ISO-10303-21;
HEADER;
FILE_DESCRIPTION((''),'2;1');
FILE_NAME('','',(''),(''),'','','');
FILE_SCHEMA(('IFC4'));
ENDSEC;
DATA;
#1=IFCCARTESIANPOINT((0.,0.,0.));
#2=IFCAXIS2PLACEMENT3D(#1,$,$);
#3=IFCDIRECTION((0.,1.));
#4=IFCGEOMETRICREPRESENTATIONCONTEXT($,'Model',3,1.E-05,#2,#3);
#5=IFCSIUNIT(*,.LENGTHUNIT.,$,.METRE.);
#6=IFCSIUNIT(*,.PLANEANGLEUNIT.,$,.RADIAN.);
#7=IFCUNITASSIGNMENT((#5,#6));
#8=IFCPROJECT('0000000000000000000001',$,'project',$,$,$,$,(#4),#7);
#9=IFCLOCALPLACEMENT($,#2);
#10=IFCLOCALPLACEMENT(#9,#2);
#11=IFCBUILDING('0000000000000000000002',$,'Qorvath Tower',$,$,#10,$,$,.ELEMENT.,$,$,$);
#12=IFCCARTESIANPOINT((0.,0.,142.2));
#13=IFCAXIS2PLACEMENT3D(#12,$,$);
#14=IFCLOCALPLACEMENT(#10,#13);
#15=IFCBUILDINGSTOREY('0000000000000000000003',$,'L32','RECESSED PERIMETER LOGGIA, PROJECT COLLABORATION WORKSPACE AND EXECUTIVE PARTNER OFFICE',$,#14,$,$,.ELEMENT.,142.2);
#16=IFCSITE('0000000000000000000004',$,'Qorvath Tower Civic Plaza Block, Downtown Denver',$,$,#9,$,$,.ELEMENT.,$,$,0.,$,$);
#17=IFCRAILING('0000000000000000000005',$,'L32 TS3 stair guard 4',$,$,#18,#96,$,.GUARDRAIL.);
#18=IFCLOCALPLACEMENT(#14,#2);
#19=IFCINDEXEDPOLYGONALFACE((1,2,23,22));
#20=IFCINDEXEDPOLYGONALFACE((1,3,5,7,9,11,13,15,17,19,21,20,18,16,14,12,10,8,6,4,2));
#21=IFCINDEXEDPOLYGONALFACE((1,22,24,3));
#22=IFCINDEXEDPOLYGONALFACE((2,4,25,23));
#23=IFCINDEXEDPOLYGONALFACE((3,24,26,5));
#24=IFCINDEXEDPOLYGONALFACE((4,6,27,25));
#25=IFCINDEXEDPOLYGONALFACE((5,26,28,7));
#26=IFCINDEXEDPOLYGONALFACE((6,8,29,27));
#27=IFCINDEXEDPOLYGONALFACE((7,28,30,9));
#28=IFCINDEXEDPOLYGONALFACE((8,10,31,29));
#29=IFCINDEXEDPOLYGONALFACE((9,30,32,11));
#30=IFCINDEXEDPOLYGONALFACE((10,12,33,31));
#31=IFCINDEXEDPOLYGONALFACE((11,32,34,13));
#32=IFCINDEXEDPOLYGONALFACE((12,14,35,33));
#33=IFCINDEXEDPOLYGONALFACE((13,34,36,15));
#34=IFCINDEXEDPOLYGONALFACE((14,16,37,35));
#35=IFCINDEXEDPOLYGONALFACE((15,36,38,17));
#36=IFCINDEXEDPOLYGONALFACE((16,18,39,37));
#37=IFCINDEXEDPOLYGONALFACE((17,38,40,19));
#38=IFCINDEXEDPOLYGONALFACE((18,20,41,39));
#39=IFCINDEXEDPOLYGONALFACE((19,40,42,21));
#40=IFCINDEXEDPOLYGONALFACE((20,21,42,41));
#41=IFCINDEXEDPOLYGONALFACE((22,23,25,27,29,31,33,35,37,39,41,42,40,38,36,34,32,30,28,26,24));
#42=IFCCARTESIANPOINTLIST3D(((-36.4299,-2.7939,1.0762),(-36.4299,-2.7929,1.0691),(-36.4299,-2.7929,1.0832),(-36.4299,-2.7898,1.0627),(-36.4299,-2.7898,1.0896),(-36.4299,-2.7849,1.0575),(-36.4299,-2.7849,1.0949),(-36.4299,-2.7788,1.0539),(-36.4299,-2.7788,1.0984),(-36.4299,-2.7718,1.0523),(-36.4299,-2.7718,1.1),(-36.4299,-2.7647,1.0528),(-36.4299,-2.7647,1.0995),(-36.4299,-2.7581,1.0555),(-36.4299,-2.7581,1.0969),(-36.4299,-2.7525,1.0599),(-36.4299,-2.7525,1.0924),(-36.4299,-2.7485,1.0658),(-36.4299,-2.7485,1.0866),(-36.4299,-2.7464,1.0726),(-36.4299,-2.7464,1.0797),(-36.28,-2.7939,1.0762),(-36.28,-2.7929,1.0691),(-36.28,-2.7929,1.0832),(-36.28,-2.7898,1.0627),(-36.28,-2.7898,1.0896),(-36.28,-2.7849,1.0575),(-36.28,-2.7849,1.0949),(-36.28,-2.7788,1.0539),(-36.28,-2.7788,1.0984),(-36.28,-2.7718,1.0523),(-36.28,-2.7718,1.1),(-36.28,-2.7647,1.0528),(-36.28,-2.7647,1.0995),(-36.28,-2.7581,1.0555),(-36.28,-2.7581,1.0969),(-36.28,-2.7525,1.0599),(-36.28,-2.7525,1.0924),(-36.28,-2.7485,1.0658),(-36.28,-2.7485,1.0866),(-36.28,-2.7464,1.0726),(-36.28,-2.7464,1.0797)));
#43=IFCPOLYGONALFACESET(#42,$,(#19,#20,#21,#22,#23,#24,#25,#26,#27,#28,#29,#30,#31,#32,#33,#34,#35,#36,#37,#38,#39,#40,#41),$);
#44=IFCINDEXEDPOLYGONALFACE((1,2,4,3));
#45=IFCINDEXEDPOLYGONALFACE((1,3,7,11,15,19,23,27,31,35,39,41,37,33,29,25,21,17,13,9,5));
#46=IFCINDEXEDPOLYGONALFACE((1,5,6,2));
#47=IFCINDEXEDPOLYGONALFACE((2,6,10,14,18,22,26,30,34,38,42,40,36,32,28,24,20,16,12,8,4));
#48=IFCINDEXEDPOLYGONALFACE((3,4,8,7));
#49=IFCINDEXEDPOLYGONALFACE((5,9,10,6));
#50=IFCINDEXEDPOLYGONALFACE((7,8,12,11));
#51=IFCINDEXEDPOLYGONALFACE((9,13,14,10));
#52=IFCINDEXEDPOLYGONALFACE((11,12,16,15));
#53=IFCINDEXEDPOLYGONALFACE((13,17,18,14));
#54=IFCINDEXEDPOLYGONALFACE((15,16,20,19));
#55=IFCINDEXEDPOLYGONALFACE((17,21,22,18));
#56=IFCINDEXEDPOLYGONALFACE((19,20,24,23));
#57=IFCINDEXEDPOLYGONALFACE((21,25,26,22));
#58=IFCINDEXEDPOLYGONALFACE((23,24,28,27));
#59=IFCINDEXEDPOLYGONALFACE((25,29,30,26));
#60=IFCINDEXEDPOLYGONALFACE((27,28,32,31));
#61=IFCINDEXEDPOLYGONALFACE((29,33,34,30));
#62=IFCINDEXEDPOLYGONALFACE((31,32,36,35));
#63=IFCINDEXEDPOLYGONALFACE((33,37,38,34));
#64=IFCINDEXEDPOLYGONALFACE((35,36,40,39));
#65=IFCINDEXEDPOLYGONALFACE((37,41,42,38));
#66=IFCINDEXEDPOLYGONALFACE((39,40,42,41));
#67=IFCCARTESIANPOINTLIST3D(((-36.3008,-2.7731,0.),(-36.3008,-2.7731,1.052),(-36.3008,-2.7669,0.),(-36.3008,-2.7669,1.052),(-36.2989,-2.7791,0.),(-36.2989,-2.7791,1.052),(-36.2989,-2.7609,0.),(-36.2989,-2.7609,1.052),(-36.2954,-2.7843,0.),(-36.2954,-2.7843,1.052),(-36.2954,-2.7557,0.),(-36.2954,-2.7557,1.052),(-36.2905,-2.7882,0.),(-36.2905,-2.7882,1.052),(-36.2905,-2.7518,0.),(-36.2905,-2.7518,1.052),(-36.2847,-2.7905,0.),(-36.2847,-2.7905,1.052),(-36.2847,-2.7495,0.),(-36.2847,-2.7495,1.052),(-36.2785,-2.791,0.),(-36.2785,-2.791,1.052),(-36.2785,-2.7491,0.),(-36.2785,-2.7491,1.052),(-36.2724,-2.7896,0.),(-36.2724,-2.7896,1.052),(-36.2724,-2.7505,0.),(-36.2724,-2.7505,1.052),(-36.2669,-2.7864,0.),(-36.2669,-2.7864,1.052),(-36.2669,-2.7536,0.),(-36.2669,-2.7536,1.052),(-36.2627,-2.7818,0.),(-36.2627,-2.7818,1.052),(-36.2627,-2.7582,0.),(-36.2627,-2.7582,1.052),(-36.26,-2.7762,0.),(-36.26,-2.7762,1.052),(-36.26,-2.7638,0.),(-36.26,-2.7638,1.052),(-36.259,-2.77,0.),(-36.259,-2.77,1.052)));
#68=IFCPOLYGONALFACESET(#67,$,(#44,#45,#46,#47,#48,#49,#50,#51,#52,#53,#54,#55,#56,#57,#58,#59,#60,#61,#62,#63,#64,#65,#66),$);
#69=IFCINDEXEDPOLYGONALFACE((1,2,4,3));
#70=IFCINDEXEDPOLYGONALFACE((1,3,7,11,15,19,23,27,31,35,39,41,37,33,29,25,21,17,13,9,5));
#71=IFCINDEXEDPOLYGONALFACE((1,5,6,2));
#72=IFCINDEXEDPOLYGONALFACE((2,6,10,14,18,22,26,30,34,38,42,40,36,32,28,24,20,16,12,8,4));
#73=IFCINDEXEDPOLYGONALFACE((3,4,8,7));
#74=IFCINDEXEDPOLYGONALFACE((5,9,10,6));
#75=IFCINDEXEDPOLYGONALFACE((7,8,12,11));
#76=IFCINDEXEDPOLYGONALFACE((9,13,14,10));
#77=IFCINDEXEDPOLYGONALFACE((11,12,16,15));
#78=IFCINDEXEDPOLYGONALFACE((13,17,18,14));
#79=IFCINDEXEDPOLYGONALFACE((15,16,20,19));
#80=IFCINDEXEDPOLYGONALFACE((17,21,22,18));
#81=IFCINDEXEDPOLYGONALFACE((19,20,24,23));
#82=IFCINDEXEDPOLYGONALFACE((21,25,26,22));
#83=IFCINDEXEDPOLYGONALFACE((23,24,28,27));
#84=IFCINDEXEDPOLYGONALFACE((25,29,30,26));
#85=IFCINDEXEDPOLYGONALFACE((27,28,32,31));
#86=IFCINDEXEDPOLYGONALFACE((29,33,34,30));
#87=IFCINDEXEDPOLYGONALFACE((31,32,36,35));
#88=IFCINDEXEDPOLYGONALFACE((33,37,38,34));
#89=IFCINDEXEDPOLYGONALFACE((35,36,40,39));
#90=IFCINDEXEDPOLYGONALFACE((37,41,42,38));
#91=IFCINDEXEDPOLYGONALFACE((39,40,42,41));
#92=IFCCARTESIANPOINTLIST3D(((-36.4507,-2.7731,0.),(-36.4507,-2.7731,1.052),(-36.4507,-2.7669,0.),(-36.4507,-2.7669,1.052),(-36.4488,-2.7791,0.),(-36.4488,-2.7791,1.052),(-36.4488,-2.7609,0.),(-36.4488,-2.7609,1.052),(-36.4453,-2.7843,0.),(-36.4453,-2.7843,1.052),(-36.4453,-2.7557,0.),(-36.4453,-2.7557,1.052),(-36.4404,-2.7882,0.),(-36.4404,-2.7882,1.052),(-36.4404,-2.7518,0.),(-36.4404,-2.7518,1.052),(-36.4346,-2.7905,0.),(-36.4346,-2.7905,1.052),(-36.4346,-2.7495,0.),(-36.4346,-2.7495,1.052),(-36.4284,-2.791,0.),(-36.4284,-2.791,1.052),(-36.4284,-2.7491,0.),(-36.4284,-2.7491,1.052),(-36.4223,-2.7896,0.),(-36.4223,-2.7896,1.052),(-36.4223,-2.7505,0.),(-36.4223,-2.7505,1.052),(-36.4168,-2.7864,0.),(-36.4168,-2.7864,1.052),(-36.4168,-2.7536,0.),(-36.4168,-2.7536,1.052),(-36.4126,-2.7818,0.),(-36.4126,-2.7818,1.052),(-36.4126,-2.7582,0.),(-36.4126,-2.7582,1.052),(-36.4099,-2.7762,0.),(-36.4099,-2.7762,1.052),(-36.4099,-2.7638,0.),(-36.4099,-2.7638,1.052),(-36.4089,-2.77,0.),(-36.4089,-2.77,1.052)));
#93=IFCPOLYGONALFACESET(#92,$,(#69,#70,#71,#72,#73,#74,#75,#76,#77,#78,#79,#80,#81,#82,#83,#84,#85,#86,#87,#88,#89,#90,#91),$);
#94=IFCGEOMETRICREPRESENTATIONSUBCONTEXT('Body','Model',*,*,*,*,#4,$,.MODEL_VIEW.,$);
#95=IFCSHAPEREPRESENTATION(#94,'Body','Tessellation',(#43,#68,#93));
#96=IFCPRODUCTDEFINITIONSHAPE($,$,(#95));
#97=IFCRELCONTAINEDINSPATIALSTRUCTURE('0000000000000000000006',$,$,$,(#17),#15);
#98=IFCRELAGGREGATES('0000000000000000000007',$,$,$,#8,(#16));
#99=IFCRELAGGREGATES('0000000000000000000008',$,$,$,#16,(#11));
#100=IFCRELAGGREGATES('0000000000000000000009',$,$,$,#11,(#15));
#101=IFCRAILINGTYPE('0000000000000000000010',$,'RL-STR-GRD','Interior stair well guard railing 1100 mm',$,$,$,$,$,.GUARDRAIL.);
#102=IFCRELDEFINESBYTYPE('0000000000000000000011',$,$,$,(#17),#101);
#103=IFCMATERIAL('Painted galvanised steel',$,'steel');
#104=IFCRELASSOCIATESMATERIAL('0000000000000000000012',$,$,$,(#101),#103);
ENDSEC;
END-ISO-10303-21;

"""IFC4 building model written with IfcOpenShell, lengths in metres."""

from ifc_helpers import new_model, si_unit, direction, frame, origin, origin_2d, place, context, subcontext, project, spatial, circle, extrude, material, type_object, element, save


model = new_model("IFC4")

# Units and contexts
model_context = context("Model", 3, precision=1e-05, world=origin(), true_north=direction((0.0, 1.0)))
body_context = subcontext(model_context, "Body", "Model", "MODEL_VIEW")
ifc_project = project(units=[si_unit("LENGTHUNIT", "METRE"), si_unit("PLANEANGLEUNIT", "RADIAN")], contexts=[model_context])

# Site, building, storey
site_placement = place(None, origin())
site = spatial("IfcSite", under=ifc_project, at=site_placement, Name="Qorvath Tower Civic Plaza Block, Downtown Denver", CompositionType="ELEMENT", RefElevation=0.0)
building_placement = place(site_placement, origin())
building = spatial("IfcBuilding", under=site, at=building_placement, Name="Qorvath Tower", CompositionType="ELEMENT")
storey_placement = place(building_placement, frame((0.0, 0.0, 142.2)))
storey = spatial("IfcBuildingStorey", under=building, at=storey_placement, Name="L32", Description="RECESSED PERIMETER LOGGIA, PROJECT COLLABORATION WORKSPACE AND EXECUTIVE PARTNER OFFICE", CompositionType="ELEMENT", Elevation=142.2)

# Railing
ifc_material_1 = material(Name="Painted galvanised steel", Category="steel")
railing_type_1 = type_object("IfcRailingType", Name="RL-STR-GRD", Description="Interior stair well guard railing 1100 mm", PredefinedType="GUARDRAIL", material=ifc_material_1)
railing_1_placement = place(storey_placement, frame((-36.28, -2.77, 0.0)))
element("IfcRailing", 1, at=railing_1_placement, inside=storey, type_object=railing_type_1, Name="L32 TS3 stair guard 4", PredefinedType="GUARDRAIL", context=body_context, shape_type="SweptSolid", body=[
    extrude(circle(Radius=0.0239, at=origin_2d()), frame((0.0, 0.0, 1.0762), z_axis=(-1.0, 0.0, 0.0), x_axis=(0.0, -1.0, 0.0)), (0.0, 0.0, 1.0), 0.1499),
    extrude(circle(Radius=0.021, at=origin_2d()), origin(), (0.0, 0.0, 1.0), 1.052),
    extrude(circle(Radius=0.021, at=origin_2d()), frame((-0.1499, 0.0, 0.0)), (0.0, 0.0, 1.0), 1.052),
])

save(model, "model.ifc")
